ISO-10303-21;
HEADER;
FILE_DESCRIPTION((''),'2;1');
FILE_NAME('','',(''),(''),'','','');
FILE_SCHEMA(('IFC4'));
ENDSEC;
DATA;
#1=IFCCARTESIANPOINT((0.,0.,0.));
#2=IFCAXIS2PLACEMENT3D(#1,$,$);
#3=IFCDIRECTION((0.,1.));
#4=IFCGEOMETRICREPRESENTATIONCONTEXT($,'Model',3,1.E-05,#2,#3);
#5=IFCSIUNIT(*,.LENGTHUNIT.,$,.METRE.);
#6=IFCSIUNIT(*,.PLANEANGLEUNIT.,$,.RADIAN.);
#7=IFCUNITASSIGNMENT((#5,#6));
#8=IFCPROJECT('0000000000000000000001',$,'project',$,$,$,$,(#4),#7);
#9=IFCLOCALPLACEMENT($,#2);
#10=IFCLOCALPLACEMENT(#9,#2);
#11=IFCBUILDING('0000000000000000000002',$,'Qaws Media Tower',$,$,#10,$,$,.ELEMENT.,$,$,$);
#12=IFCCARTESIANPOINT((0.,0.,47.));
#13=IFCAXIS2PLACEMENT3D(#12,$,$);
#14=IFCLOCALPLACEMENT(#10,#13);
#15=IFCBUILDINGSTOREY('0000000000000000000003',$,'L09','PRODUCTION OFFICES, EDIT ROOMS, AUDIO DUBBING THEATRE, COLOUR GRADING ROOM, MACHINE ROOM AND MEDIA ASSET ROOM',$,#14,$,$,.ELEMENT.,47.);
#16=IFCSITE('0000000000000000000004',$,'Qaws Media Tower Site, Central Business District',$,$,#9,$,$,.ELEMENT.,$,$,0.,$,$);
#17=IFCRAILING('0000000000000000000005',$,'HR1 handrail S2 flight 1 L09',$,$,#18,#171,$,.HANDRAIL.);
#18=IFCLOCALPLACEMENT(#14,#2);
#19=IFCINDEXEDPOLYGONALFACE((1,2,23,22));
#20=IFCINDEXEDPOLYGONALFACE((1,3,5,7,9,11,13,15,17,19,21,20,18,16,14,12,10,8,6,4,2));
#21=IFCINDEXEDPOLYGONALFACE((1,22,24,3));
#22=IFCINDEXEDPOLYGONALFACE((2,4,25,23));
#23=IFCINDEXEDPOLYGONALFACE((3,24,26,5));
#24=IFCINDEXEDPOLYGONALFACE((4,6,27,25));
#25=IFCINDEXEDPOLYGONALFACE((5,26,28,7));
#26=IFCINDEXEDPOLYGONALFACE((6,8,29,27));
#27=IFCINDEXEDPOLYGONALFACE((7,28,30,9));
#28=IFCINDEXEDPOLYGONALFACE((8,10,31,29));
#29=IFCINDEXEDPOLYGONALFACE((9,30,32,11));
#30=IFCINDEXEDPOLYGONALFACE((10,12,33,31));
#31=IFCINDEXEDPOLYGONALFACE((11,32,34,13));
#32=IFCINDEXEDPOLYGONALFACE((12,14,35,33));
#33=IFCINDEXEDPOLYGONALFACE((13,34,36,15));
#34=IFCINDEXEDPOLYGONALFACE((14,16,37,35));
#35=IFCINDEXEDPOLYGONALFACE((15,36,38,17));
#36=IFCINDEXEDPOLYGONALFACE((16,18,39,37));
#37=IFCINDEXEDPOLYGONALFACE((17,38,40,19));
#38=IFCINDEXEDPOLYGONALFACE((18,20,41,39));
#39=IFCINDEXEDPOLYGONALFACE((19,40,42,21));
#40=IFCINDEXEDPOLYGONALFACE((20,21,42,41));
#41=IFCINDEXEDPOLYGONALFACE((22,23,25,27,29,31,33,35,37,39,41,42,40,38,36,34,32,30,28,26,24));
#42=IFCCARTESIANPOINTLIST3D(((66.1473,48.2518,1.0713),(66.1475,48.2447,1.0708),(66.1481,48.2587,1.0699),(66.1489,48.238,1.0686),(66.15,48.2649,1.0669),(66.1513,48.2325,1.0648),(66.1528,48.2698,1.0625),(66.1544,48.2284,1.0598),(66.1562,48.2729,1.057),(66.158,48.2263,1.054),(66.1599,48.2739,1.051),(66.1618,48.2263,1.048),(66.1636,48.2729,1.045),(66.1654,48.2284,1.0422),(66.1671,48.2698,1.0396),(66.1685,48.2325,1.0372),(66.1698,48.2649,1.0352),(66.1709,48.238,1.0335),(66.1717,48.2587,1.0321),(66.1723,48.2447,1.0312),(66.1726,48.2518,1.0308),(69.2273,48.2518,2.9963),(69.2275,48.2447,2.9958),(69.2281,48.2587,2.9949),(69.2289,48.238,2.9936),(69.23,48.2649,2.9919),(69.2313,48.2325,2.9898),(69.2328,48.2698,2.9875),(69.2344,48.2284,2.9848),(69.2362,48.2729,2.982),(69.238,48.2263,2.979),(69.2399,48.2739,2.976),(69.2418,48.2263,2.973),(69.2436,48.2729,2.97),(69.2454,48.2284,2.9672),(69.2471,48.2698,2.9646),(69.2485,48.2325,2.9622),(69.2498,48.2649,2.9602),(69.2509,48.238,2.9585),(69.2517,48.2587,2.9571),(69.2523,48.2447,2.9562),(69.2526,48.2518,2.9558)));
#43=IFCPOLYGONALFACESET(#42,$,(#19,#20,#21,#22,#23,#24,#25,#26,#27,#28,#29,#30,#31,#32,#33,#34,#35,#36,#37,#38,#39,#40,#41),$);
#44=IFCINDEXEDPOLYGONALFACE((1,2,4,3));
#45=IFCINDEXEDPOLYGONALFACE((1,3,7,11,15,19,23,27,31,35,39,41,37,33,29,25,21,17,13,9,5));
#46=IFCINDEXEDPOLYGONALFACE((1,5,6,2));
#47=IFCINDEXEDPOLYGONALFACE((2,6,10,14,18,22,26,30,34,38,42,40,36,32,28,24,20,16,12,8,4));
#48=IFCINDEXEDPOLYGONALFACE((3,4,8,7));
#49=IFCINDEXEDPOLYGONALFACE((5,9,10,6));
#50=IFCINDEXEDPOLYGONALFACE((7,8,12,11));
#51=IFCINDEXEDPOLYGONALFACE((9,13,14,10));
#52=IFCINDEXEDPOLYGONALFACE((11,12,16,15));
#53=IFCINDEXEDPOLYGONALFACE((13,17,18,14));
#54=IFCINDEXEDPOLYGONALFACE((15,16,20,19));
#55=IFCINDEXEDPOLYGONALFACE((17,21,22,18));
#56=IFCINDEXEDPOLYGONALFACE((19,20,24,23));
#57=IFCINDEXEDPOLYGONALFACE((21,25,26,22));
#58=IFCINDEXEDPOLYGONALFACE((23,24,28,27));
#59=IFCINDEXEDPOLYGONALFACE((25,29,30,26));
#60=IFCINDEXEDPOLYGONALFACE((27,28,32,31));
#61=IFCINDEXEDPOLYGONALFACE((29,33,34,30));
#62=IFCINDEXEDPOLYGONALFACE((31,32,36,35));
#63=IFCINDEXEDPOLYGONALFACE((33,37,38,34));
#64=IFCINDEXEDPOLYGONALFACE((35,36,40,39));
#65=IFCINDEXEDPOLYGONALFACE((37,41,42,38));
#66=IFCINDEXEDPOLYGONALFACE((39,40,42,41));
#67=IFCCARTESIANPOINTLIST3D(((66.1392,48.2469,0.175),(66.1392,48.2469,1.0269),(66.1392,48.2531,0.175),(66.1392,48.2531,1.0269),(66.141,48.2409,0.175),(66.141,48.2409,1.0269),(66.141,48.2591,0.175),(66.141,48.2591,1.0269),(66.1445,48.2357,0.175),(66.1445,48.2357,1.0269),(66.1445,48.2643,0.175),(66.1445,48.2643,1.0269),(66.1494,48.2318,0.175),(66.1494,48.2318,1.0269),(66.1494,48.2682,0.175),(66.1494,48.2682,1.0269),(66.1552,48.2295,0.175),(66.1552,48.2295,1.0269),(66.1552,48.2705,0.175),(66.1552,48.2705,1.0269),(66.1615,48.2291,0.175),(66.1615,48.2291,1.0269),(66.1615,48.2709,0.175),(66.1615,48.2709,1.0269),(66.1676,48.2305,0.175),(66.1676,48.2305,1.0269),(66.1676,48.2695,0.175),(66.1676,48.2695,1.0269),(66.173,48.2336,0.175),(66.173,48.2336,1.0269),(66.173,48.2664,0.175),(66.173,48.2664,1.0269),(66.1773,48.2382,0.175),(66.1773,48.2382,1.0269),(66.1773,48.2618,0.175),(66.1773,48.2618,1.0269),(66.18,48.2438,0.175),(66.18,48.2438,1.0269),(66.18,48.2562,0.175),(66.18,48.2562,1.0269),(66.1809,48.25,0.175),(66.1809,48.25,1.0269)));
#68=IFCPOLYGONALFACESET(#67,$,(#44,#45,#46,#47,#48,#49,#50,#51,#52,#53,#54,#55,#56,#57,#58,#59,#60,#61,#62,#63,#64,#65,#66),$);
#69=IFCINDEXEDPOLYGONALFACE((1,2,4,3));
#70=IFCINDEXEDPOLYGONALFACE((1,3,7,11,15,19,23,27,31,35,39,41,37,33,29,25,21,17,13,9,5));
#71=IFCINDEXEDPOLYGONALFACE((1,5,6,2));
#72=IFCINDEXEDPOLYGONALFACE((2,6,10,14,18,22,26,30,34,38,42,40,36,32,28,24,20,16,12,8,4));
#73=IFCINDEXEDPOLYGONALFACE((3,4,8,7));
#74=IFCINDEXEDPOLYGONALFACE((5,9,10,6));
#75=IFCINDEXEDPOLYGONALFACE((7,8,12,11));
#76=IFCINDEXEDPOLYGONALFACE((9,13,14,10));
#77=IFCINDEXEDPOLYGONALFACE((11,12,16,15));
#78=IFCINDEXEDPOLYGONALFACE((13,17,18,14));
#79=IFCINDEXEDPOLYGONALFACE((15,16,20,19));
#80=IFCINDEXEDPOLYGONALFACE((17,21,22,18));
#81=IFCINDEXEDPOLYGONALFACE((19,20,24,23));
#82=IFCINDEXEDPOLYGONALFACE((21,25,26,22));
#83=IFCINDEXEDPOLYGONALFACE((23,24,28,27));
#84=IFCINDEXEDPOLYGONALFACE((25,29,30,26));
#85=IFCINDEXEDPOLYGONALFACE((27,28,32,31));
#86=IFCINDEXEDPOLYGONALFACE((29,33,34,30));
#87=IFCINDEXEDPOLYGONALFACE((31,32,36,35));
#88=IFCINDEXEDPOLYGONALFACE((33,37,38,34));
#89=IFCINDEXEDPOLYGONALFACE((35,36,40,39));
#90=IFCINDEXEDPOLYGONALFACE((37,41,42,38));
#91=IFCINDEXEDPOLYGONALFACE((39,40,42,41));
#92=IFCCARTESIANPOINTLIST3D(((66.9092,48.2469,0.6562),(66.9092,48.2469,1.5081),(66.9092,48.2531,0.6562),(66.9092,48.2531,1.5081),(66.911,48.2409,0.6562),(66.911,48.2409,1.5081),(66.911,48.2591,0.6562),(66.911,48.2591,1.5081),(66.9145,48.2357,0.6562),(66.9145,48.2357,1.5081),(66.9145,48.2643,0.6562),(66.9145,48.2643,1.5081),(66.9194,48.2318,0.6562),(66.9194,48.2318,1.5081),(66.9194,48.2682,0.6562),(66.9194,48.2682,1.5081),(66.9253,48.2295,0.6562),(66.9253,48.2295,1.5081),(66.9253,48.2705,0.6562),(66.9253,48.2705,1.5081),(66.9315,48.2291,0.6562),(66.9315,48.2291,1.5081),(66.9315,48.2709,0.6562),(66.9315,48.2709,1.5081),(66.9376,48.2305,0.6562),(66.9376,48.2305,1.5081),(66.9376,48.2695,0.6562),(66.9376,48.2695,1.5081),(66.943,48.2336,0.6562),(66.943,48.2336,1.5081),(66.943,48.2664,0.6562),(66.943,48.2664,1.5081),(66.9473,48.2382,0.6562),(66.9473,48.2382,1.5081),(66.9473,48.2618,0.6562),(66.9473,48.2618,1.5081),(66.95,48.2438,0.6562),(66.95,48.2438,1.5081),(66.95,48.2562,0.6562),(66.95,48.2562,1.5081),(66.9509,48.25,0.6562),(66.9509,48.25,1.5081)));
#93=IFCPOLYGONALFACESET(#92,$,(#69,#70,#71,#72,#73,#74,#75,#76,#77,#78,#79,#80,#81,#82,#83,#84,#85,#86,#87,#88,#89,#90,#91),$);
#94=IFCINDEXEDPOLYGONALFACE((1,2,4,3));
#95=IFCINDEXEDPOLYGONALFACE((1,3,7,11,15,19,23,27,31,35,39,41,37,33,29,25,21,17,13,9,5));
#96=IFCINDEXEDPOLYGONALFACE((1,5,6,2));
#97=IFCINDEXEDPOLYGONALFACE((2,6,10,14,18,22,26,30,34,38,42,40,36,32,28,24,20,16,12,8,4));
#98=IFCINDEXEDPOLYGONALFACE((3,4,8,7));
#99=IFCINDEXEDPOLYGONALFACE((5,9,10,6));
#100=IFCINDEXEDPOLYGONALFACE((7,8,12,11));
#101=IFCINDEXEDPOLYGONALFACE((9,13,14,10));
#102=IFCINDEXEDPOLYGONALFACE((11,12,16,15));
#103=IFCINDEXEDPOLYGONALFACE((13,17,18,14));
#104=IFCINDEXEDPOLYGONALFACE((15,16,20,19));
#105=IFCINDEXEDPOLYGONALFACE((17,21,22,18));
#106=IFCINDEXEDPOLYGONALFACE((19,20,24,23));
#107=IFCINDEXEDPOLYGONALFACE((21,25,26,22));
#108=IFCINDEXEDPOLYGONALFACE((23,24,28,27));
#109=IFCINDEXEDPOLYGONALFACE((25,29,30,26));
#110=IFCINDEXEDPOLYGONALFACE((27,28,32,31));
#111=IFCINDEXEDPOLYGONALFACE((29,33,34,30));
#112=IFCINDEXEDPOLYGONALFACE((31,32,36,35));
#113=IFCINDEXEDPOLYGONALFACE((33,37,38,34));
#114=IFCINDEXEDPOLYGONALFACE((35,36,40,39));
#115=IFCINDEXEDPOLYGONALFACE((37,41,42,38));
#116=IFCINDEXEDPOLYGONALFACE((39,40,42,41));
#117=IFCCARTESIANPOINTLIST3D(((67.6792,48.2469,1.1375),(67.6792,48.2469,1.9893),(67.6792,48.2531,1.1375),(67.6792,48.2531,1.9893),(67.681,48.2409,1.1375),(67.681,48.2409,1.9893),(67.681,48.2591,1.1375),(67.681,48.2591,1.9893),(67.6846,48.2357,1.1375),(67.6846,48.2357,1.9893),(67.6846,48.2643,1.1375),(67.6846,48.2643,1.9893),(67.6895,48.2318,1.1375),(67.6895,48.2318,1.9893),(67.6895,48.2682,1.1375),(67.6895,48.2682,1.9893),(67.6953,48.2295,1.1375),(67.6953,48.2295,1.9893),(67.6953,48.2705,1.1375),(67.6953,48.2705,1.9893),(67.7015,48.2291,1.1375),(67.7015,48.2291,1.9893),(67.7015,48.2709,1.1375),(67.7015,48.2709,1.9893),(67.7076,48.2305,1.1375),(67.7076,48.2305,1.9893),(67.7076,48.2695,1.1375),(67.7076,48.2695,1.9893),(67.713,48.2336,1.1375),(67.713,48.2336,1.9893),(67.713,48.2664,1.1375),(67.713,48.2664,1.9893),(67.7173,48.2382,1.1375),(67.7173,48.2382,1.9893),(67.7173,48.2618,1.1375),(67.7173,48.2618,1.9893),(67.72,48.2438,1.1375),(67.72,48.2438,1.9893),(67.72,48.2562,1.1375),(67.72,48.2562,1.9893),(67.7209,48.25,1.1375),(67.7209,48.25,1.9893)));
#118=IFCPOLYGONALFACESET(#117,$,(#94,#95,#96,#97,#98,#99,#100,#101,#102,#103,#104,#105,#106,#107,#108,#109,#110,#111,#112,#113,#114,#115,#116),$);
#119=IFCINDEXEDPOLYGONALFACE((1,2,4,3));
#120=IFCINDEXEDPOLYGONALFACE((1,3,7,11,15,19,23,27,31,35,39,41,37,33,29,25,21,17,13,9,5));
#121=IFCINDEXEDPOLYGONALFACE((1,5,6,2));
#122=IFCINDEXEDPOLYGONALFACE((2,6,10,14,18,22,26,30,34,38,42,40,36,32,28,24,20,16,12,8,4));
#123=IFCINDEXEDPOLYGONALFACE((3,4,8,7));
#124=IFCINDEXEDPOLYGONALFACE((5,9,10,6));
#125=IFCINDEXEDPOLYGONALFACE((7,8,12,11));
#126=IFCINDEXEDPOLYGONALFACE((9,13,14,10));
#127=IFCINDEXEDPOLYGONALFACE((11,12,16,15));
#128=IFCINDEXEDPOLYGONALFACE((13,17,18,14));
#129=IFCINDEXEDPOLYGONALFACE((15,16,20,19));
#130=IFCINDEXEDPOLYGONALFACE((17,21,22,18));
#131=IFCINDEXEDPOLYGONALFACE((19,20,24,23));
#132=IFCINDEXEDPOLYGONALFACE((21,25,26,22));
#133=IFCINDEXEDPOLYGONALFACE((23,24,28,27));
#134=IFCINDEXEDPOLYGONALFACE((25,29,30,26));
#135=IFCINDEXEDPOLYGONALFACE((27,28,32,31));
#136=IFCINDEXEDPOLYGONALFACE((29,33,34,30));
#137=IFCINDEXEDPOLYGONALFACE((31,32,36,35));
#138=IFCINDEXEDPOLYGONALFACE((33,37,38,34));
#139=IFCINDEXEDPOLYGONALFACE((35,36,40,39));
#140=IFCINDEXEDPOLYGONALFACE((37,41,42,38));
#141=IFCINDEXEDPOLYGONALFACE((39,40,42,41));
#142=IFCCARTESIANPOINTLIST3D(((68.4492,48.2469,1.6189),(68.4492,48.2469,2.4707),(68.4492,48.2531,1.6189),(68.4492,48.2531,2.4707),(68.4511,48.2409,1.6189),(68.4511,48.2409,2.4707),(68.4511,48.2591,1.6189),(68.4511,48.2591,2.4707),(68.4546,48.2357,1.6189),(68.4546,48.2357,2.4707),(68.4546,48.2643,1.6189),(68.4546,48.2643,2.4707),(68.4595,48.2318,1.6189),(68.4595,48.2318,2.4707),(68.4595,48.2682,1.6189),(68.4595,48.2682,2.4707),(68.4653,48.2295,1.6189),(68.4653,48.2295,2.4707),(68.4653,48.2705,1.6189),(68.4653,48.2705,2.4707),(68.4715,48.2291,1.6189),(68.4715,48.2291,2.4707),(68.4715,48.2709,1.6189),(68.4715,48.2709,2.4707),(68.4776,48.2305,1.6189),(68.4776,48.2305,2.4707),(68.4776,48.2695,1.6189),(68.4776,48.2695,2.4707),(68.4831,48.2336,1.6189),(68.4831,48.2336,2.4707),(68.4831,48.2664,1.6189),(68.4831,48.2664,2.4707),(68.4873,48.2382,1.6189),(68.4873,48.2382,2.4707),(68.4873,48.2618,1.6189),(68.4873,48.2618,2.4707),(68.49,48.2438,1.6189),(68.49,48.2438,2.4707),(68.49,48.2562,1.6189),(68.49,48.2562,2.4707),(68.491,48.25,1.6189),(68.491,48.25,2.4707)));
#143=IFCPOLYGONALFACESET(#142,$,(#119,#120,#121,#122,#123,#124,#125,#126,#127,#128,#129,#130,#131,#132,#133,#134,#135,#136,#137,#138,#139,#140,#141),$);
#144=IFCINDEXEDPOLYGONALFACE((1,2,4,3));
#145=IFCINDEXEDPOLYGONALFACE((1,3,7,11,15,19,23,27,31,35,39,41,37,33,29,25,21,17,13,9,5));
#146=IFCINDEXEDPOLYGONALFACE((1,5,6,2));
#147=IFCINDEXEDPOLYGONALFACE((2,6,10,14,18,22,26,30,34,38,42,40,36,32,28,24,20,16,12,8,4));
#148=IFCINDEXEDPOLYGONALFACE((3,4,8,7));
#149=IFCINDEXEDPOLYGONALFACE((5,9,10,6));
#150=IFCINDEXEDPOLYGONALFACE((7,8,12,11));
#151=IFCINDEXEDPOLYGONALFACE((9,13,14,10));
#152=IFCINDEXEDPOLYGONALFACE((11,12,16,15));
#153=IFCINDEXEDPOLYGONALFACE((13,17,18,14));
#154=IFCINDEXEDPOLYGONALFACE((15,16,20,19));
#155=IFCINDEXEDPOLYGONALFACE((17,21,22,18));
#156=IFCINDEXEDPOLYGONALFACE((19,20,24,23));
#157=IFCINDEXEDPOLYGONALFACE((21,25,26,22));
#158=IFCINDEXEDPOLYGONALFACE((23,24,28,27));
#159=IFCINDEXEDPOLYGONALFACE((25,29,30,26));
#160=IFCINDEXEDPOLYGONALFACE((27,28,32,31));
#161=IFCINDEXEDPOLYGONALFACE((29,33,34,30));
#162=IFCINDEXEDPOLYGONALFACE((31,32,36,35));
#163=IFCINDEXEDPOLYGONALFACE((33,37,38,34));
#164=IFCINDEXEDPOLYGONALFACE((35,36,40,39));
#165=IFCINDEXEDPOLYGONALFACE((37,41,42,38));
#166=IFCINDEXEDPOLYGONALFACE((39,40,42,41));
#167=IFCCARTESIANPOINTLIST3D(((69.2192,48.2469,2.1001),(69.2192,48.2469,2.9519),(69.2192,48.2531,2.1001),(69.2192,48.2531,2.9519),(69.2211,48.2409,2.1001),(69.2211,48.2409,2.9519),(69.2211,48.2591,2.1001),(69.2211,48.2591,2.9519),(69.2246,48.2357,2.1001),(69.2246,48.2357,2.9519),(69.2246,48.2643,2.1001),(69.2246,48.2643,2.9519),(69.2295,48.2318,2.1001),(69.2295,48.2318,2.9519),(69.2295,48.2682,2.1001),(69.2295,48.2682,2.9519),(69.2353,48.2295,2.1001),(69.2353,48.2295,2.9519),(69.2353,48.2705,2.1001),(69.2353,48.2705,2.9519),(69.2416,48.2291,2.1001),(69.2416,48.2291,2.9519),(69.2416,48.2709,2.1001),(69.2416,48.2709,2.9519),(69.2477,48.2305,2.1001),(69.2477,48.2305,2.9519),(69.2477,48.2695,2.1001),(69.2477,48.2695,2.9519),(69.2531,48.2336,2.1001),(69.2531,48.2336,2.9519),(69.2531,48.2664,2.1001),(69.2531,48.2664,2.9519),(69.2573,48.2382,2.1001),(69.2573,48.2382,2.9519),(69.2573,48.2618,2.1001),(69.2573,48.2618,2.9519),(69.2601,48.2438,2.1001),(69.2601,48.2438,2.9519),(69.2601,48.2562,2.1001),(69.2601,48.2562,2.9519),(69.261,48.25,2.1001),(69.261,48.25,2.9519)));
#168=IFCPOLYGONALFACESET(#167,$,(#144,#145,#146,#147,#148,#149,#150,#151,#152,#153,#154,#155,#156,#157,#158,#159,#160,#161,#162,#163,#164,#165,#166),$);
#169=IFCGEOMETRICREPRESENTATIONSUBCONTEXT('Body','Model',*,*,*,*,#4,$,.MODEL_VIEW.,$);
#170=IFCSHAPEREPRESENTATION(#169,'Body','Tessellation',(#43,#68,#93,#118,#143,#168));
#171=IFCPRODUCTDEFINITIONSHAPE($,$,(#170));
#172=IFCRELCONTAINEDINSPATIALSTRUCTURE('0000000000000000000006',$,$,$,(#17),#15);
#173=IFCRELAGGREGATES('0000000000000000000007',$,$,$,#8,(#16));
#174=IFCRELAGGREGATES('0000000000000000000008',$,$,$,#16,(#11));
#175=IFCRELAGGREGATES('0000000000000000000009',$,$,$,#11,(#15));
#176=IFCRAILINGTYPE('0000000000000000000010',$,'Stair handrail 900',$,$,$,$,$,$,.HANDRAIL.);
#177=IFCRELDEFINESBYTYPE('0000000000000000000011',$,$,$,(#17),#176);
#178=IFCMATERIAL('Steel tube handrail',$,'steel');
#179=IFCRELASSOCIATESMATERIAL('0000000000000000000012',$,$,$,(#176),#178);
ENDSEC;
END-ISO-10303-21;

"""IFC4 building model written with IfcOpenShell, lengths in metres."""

from ifc_helpers import new_model, si_unit, direction, frame, origin, origin_2d, place, context, subcontext, project, spatial, circle, extrude, material, type_object, element, save


model = new_model("IFC4")

# Units and contexts
model_context = context("Model", 3, precision=1e-05, world=origin(), true_north=direction((0.0, 1.0)))
body_context = subcontext(model_context, "Body", "Model", "MODEL_VIEW")
ifc_project = project(units=[si_unit("LENGTHUNIT", "METRE"), si_unit("PLANEANGLEUNIT", "RADIAN")], contexts=[model_context])

# Site, building, storey
site_placement = place(None, origin())
site = spatial("IfcSite", under=ifc_project, at=site_placement, Name="Qaws Media Tower Site, Central Business District", CompositionType="ELEMENT", RefElevation=0.0)
building_placement = place(site_placement, origin())
building = spatial("IfcBuilding", under=site, at=building_placement, Name="Qaws Media Tower", CompositionType="ELEMENT")
storey_placement = place(building_placement, frame((0.0, 0.0, 47.0)))
storey = spatial("IfcBuildingStorey", under=building, at=storey_placement, Name="L09", Description="PRODUCTION OFFICES, EDIT ROOMS, AUDIO DUBBING THEATRE, COLOUR GRADING ROOM, MACHINE ROOM AND MEDIA ASSET ROOM", CompositionType="ELEMENT", Elevation=47.0)

# Railing
ifc_material_1 = material(Name="Steel tube handrail", Category="steel")
railing_type = type_object("IfcRailingType", Name="Stair handrail 900", PredefinedType="HANDRAIL", material=ifc_material_1)
for number, where, name in (
    (1, (66.1599, 48.25, 0.175), "HR1 handrail S2 flight 1 L09"),
):
    element("IfcRailing", number, at=place(storey_placement, frame(where)), inside=storey, type_object=railing_type, Name=name, PredefinedType="HANDRAIL", context=body_context, shape_type="SweptSolid", body=[
        extrude(circle(Radius=0.0239, at=origin_2d()), frame((0.0, 0.0, 0.876), z_axis=(0.847998, 0.0, 0.529999), x_axis=(0.0, 1.0, 0.0)), (0.0, 0.0, 1.0), 3.6321),
        extrude(circle(Radius=0.021, at=origin_2d()), origin(), (0.0, 0.0, 1.0), 0.8518),
        extrude(circle(Radius=0.021, at=origin_2d()), frame((0.77, 0.0, 0.4812)), (0.0, 0.0, 1.0), 0.8518),
        extrude(circle(Radius=0.021, at=origin_2d()), frame((1.54, 0.0, 0.9624)), (0.0, 0.0, 1.0), 0.8518),
        extrude(circle(Radius=0.021, at=origin_2d()), frame((2.3101, 0.0, 1.4438)), (0.0, 0.0, 1.0), 0.8518),
        extrude(circle(Radius=0.021, at=origin_2d()), frame((3.0801, 0.0, 1.925)), (0.0, 0.0, 1.0), 0.8518),
    ])

save(model, "model.ifc")
